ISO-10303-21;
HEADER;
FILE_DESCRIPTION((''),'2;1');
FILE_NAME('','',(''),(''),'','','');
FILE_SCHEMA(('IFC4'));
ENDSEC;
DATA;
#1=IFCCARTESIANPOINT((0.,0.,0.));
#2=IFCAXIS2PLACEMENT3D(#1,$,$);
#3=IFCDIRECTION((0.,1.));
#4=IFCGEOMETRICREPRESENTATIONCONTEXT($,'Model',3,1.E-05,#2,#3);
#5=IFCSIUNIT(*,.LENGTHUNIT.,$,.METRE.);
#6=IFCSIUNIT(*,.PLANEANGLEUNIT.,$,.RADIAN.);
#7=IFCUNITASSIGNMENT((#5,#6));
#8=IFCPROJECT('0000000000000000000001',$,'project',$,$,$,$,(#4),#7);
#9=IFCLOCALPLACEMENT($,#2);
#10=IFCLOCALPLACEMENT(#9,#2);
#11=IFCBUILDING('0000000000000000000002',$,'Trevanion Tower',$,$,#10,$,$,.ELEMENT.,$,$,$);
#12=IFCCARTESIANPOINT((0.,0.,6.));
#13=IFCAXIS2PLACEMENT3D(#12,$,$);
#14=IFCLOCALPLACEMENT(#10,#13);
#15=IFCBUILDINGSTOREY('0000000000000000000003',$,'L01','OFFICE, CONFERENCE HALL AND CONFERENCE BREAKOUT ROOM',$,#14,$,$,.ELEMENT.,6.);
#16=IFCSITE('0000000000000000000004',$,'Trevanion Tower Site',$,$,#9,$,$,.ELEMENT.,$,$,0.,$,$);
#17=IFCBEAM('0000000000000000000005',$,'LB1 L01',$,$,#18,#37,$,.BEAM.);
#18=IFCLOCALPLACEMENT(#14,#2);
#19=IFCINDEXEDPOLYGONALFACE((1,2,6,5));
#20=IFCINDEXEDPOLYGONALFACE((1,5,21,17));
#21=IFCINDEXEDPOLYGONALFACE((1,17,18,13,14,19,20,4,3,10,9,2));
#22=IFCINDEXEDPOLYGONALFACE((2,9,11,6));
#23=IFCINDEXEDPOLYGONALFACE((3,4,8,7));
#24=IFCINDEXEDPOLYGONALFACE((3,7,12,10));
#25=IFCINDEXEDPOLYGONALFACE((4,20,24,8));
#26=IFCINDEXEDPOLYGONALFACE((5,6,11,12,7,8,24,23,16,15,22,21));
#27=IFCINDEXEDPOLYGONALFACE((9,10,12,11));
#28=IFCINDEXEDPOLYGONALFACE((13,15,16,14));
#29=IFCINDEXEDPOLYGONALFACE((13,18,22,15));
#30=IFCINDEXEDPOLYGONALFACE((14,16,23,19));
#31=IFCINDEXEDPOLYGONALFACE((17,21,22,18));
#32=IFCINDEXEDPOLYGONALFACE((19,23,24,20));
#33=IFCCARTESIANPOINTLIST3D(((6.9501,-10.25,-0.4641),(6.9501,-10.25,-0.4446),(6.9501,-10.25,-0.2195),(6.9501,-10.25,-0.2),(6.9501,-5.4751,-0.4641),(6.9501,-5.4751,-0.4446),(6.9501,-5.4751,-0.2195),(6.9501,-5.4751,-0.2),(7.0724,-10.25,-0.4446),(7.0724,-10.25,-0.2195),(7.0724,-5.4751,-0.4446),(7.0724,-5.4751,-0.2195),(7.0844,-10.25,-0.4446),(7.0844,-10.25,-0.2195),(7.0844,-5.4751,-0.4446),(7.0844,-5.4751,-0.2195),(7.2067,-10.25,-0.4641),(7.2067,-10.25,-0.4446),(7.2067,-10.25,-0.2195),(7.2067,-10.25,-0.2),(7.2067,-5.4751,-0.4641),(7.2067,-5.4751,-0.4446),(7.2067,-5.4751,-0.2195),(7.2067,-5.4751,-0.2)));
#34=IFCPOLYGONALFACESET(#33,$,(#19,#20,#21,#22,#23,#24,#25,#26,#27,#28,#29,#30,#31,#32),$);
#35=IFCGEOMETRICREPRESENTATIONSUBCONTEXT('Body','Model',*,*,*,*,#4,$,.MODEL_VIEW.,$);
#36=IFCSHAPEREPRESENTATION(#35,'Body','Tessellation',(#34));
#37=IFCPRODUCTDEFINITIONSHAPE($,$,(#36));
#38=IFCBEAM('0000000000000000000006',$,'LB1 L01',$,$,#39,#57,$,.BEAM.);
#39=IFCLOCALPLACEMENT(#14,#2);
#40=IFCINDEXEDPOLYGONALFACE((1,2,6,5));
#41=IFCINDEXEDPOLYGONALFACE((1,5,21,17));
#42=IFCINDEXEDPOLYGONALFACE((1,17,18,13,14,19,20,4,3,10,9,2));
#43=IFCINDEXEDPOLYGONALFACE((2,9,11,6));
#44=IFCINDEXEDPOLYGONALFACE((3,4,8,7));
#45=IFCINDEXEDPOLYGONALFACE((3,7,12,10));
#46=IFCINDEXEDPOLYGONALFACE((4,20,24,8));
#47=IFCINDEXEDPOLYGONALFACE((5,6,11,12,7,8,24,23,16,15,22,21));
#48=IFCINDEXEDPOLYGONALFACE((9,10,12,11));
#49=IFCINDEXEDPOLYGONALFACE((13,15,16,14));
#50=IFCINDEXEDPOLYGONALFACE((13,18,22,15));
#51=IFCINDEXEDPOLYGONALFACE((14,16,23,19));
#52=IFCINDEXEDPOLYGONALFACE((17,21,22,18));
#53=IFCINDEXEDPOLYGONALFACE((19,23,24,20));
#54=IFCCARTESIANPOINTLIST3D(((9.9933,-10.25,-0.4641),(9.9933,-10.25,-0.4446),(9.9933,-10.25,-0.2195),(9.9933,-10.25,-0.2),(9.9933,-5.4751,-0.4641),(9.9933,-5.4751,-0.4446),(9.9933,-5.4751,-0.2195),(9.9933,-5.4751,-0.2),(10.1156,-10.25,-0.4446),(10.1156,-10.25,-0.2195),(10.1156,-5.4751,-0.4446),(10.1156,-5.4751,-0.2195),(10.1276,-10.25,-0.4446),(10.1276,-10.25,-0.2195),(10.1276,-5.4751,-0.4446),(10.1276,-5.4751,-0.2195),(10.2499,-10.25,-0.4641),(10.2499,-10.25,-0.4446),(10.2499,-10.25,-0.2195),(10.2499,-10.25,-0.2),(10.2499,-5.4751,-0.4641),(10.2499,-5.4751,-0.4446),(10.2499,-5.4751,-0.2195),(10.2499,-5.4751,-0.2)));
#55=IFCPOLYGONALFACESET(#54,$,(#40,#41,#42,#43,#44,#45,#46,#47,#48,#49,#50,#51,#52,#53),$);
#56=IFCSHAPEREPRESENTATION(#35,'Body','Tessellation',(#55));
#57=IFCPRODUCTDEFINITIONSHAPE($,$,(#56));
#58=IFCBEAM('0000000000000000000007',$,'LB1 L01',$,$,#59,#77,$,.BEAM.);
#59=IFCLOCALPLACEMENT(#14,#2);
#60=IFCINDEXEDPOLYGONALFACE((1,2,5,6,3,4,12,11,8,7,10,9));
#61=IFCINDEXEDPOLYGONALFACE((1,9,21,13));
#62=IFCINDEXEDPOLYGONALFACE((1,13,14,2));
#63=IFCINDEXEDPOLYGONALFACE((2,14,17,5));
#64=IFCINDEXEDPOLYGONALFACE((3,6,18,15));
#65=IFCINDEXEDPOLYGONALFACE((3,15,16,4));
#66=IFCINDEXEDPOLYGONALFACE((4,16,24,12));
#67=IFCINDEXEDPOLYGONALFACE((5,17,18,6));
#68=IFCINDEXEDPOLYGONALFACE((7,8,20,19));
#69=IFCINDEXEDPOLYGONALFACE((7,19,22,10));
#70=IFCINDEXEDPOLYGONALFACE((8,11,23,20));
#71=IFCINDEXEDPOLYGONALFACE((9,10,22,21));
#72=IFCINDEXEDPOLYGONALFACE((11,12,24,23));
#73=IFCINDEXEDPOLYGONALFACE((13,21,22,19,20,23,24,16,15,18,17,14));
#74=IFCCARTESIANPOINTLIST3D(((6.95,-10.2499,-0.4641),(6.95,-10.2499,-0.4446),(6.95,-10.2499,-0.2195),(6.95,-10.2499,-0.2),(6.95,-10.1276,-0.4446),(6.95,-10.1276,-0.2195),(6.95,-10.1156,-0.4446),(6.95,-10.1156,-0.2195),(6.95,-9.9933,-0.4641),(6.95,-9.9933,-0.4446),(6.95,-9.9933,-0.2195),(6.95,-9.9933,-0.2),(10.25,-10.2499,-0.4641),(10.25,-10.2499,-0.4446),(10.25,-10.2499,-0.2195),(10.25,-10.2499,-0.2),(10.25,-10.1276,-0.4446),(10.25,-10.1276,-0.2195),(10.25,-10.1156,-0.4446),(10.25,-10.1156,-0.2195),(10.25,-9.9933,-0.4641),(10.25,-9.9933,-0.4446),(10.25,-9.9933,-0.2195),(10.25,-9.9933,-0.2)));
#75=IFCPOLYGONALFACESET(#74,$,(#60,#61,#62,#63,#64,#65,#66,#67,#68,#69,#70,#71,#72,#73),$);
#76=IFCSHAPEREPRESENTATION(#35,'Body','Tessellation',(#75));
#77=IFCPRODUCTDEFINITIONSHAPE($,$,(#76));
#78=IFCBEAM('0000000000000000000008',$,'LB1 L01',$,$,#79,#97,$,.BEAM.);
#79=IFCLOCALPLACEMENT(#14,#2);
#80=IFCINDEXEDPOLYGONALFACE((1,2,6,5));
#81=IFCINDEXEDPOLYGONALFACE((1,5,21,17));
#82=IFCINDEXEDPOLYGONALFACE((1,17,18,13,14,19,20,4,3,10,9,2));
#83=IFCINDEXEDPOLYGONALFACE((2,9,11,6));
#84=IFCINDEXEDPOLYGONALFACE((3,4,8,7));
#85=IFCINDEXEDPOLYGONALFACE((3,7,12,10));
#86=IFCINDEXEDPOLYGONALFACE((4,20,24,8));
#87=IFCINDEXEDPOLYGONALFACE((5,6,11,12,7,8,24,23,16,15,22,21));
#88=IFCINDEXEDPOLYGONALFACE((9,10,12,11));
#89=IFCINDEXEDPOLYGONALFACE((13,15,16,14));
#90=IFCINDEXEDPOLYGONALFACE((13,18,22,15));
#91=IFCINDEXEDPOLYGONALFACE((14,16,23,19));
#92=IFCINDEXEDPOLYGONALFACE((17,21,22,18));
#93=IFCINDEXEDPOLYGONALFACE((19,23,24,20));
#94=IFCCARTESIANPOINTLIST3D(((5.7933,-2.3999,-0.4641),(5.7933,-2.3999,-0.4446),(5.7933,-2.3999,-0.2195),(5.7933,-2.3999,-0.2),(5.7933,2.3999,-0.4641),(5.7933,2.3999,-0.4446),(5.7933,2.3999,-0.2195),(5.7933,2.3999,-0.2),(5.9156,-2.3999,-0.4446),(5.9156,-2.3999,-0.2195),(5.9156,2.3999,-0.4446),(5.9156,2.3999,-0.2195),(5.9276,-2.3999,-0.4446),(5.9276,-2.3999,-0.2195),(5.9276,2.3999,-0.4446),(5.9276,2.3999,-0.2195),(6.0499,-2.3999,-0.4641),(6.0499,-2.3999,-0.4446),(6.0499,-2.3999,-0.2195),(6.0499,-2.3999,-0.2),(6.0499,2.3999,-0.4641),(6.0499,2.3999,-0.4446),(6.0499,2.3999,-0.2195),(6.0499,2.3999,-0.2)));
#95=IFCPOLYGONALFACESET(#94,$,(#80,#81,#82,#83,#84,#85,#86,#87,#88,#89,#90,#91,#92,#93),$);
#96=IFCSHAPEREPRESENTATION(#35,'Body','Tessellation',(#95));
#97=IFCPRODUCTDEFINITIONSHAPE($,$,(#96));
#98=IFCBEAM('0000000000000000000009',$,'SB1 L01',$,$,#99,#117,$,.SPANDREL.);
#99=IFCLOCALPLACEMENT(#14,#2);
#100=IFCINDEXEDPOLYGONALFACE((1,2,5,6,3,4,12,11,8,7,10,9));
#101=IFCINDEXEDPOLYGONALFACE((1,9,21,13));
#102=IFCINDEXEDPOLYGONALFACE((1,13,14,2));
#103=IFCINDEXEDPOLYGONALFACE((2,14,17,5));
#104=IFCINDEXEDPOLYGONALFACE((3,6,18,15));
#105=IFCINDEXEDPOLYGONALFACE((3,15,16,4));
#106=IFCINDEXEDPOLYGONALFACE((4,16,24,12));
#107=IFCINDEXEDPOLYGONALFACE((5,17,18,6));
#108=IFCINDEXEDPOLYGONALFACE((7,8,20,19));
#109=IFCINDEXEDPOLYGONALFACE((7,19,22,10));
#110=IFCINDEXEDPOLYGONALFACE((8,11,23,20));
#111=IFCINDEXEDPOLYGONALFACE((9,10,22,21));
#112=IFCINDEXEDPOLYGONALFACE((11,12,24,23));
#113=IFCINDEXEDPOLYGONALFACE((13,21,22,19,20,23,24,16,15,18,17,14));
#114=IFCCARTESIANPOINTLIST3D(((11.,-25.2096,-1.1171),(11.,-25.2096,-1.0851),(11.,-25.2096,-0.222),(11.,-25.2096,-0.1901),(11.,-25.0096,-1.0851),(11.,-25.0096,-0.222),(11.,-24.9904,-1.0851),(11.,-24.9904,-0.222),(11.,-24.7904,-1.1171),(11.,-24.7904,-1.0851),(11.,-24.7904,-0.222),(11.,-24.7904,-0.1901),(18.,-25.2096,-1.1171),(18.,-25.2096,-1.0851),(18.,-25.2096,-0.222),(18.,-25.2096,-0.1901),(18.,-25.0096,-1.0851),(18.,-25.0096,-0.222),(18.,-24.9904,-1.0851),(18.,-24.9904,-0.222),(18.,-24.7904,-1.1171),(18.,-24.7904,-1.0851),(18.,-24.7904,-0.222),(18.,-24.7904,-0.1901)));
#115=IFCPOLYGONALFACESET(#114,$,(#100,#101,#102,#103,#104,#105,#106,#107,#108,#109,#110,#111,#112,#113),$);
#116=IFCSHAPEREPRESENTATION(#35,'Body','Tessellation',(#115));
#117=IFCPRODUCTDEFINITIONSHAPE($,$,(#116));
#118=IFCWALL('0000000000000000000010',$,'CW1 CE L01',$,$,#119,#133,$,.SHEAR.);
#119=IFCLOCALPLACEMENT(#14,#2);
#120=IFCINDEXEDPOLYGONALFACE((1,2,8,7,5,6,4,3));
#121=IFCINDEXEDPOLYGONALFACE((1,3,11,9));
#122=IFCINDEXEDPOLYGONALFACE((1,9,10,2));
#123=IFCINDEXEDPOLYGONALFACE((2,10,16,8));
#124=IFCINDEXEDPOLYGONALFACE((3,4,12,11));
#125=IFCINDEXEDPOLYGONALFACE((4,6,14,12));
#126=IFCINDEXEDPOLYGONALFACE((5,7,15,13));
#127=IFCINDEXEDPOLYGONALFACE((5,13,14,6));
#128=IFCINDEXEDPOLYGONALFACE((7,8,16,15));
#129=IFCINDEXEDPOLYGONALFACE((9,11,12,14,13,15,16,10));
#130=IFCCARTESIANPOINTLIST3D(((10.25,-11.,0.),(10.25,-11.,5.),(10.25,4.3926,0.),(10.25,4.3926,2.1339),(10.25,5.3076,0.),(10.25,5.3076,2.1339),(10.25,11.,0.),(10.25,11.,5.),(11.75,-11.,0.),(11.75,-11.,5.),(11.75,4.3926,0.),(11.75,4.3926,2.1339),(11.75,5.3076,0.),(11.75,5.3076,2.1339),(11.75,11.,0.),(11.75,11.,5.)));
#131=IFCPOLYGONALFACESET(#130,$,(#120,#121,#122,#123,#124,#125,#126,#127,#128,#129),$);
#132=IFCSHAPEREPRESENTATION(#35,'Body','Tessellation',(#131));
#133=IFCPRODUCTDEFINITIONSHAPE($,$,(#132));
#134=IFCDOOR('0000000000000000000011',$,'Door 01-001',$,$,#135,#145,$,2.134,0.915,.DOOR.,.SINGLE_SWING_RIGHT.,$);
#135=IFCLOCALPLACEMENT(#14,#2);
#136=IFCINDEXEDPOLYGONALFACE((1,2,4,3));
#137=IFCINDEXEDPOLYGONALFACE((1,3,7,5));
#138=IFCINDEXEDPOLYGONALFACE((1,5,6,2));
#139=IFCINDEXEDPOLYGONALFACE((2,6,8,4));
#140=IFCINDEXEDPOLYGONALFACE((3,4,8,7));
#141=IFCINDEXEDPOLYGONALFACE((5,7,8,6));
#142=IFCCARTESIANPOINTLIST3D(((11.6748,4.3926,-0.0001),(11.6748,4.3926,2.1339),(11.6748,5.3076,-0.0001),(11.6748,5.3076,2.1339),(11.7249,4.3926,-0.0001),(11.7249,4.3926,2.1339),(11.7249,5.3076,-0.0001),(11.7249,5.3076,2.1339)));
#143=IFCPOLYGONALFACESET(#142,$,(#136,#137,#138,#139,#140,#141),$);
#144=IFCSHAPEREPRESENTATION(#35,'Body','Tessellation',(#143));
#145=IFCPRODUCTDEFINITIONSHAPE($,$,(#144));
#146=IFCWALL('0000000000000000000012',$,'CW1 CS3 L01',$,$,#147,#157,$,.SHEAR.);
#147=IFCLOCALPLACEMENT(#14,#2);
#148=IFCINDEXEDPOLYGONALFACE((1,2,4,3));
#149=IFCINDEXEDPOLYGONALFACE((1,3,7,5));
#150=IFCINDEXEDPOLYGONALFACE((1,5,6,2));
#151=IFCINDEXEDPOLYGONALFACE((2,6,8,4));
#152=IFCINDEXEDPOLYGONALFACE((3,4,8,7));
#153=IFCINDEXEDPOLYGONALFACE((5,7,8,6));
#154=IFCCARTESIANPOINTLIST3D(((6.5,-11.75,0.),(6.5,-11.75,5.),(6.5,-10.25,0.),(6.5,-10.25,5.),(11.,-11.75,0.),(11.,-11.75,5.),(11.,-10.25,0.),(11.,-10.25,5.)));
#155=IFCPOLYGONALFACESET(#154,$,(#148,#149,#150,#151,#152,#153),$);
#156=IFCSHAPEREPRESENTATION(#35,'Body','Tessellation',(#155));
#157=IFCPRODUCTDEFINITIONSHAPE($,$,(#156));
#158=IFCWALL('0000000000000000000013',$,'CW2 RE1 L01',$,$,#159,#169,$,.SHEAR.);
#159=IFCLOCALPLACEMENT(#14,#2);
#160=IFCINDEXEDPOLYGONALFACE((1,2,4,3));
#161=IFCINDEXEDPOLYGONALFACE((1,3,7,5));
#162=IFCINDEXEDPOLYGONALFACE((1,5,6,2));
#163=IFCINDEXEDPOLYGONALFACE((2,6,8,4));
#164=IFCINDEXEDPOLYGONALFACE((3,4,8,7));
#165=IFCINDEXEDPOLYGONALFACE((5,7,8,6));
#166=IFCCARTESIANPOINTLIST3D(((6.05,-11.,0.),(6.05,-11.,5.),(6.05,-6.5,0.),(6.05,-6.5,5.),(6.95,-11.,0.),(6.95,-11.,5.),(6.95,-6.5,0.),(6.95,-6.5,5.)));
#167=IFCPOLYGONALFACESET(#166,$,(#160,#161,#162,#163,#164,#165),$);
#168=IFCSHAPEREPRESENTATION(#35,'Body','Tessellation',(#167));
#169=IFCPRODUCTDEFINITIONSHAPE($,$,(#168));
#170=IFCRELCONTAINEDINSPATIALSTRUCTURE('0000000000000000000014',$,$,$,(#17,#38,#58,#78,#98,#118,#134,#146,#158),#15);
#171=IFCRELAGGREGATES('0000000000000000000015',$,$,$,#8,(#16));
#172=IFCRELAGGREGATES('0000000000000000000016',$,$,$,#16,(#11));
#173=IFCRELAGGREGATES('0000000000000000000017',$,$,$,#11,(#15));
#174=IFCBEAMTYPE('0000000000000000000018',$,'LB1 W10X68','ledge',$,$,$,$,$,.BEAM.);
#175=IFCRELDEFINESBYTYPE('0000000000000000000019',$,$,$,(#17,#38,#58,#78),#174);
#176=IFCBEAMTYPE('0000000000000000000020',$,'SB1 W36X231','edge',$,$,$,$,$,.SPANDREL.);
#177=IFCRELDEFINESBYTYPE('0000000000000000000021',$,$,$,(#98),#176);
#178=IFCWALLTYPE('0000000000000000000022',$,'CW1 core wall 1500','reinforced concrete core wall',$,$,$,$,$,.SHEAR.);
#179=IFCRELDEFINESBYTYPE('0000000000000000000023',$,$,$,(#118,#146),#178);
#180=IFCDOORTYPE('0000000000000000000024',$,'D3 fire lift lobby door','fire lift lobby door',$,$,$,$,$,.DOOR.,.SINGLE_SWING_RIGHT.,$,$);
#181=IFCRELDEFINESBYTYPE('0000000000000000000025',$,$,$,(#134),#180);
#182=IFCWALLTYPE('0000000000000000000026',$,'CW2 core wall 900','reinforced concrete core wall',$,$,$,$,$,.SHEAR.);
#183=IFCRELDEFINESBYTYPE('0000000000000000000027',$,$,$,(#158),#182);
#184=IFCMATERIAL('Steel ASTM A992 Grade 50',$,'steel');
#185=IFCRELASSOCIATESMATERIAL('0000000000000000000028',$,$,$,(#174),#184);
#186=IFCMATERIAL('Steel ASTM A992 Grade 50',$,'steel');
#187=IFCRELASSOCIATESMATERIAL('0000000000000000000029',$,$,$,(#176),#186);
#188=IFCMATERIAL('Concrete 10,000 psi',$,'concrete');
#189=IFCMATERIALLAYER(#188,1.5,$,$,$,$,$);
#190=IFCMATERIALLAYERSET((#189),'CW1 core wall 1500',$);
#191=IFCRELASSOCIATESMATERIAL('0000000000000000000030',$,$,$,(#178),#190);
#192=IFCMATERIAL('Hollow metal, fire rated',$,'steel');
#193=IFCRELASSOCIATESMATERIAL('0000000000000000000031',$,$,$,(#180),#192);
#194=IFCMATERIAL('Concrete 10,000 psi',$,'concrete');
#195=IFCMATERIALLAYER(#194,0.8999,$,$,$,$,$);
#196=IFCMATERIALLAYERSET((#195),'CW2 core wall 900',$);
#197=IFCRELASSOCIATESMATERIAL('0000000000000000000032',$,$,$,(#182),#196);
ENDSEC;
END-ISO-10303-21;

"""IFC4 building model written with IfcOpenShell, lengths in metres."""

from ifc_helpers import new_model, si_unit, direction, frame, frame_2d, origin, origin_2d, place, context, subcontext, project, spatial, rectangle, i_section, extrude, material, layer, layer_set, material_profile, profile_set, type_object, element, fill, save


model = new_model("IFC4")

# Units and contexts
model_context = context("Model", 3, precision=1e-05, world=origin(), true_north=direction((0.0, 1.0)))
body_context = subcontext(model_context, "Body", "Model", "MODEL_VIEW")
ifc_project = project(units=[si_unit("LENGTHUNIT", "METRE"), si_unit("PLANEANGLEUNIT", "RADIAN")], contexts=[model_context])

# Site, building, storey
site_placement = place(None, origin())
site = spatial("IfcSite", under=ifc_project, at=site_placement, Name="Trevanion Tower Site", CompositionType="ELEMENT", RefElevation=0.0)
building_placement = place(site_placement, origin())
building = spatial("IfcBuilding", under=site, at=building_placement, Name="Trevanion Tower", CompositionType="ELEMENT")
storey_placement = place(building_placement, frame((0.0, 0.0, 6.0)))
storey = spatial("IfcBuildingStorey", under=building, at=storey_placement, Name="L01", Description="OFFICE, CONFERENCE HALL AND CONFERENCE BREAKOUT ROOM", CompositionType="ELEMENT", Elevation=6.0)

# Beams
ifc_material_1 = material(Name="Steel ASTM A992 Grade 50", Category="steel")
ifc_material_profile_1 = material_profile(ifc_material_1, i_section(OverallWidth=0.2566, OverallDepth=0.2642, WebThickness=0.012, FlangeThickness=0.0195, at=origin_2d()), Name="W10X68")
ifc_profile_set_1 = profile_set([ifc_material_profile_1], Name="Steel ASTM A992 Grade 50")
beam_type_1 = type_object("IfcBeamType", Name="LB1 W10X68", Description="ledge", PredefinedType="BEAM", material=ifc_profile_set_1)
for number, where, z_axis, x_axis, name in (
    (1, (7.0784, -10.25, -0.332), (0.0, 1.0, 0.0), (-1.0, 0.0, 0.0), "LB1 L01"),
    (2, (10.1216, -10.25, -0.332), (0.0, 1.0, 0.0), (-1.0, 0.0, 0.0), "LB1 L01"),
):
    element("IfcBeam", number, at=place(storey_placement, frame(where, z_axis=z_axis, x_axis=x_axis)), inside=storey, type_object=beam_type_1, Name=name, PredefinedType="BEAM", context=body_context, shape_type="SweptSolid", body=[
        extrude(i_section(OverallWidth=0.2566, OverallDepth=0.2642, WebThickness=0.012, FlangeThickness=0.0195, at=origin_2d()), origin(), (0.0, 0.0, 1.0), 4.7749),
    ])
beam_1_placement = place(storey_placement, frame((6.95, -10.1216, -0.332), z_axis=(1.0, 0.0, 0.0), x_axis=(0.0, 1.0, 0.0)))
element("IfcBeam", 3, at=beam_1_placement, inside=storey, type_object=beam_type_1, Name="LB1 L01", PredefinedType="BEAM", context=body_context, shape_type="SweptSolid", body=[
    extrude(i_section(OverallWidth=0.2566, OverallDepth=0.2642, WebThickness=0.012, FlangeThickness=0.0195, at=origin_2d()), origin(), (0.0, 0.0, 1.0), 3.3),
])
beam_2_placement = place(storey_placement, frame((5.9216, -2.3999, -0.332), z_axis=(0.0, 1.0, 0.0), x_axis=(-1.0, 0.0, 0.0)))
element("IfcBeam", 4, at=beam_2_placement, inside=storey, type_object=beam_type_1, Name="LB1 L01", PredefinedType="BEAM", context=body_context, shape_type="SweptSolid", body=[
    extrude(i_section(OverallWidth=0.2566, OverallDepth=0.2642, WebThickness=0.012, FlangeThickness=0.0195, at=origin_2d()), origin(), (0.0, 0.0, 1.0), 4.7998),
])
ifc_material_2 = material(Name="Steel ASTM A992 Grade 50", Category="steel")
ifc_material_profile_2 = material_profile(ifc_material_2, i_section(OverallWidth=0.4192, OverallDepth=0.927, WebThickness=0.0193, FlangeThickness=0.032, at=origin_2d()), Name="W36X231")
ifc_profile_set_2 = profile_set([ifc_material_profile_2], Name="Steel ASTM A992 Grade 50")
beam_type_2 = type_object("IfcBeamType", Name="SB1 W36X231", Description="edge", PredefinedType="SPANDREL", material=ifc_profile_set_2)
beam_3_placement = place(storey_placement, frame((11.0, -25.0, -0.6536), z_axis=(1.0, 0.0, 0.0), x_axis=(0.0, 1.0, 0.0)))
element("IfcBeam", 5, at=beam_3_placement, inside=storey, type_object=beam_type_2, Name="SB1 L01", PredefinedType="SPANDREL", context=body_context, shape_type="SweptSolid", body=[
    extrude(i_section(OverallWidth=0.4192, OverallDepth=0.927, WebThickness=0.0193, FlangeThickness=0.032, at=origin_2d()), origin(), (0.0, 0.0, 1.0), 7.0),
])

# Wall, opening, door
ifc_material_3 = material(Name="Concrete 10,000 psi", Category="concrete")
ifc_layer_1 = layer(ifc_material_3, 1.5)
ifc_layer_set_1 = layer_set([ifc_layer_1], Name="CW1 core wall 1500")
wall_type_1 = type_object("IfcWallType", Name="CW1 core wall 1500", Description="reinforced concrete core wall", PredefinedType="SHEAR", material=ifc_layer_set_1)
wall_1_placement = place(storey_placement, frame((11.0, -11.0, 0.0), z_axis=(0.0, 0.0, 1.0), x_axis=(0.0, 1.0, 0.0)))
wall_1 = element("IfcWall", 6, at=wall_1_placement, inside=storey, type_object=wall_type_1, Name="CW1 CE L01", PredefinedType="SHEAR", context=body_context, shape_type="SweptSolid", body=[
    extrude(rectangle(XDim=22.0, YDim=1.5, at=frame_2d((11.0, 0.0))), origin(), (0.0, 0.0, 1.0), 5.0),
])
opening_1_placement = place(wall_1_placement, frame((15.3926, 0.0, 0.0)))
opening_1 = element("IfcOpeningElement", 7, at=opening_1_placement, cuts=wall_1, PredefinedType="OPENING", context=body_context, shape_type="SweptSolid", body=[
    extrude(rectangle(XDim=0.915, YDim=2.134, at=frame_2d((0.4575, 1.0669))), frame((0.0, 0.76, 0.0), z_axis=(0.0, -1.0, 0.0), x_axis=(1.0, 0.0, 0.0)), (0.0, 0.0, 1.0), 1.52),
])
ifc_material_4 = material(Name="Hollow metal, fire rated", Category="steel")
door_type_1 = type_object("IfcDoorType", Name="D3 fire lift lobby door", Description="fire lift lobby door", OperationType="SINGLE_SWING_RIGHT", PredefinedType="DOOR", material=ifc_material_4)
door_1_placement = place(opening_1_placement, origin())
door_1 = element("IfcDoor", 8, at=door_1_placement, inside=storey, type_object=door_type_1, Name="Door 01-001", OperationType="SINGLE_SWING_RIGHT", OverallHeight=2.134, OverallWidth=0.915, PredefinedType="DOOR", context=body_context, shape_type="SweptSolid", body=[
    extrude(rectangle(XDim=0.915, YDim=2.134, at=frame_2d((0.4575, 1.0669))), frame((0.0, -0.6748, 0.0), z_axis=(0.0, -1.0, 0.0), x_axis=(1.0, 0.0, 0.0)), (0.0, 0.0, 1.0), 0.05),
])
fill(opening_1, door_1)

# Walls
wall_2_placement = place(storey_placement, frame((6.5, -11.0, 0.0), z_axis=(0.0, 0.0, 1.0), x_axis=(1.0, 0.0, 0.0)))
element("IfcWall", 9, at=wall_2_placement, inside=storey, type_object=wall_type_1, Name="CW1 CS3 L01", PredefinedType="SHEAR", context=body_context, shape_type="SweptSolid", body=[
    extrude(rectangle(XDim=4.5, YDim=1.5, at=frame_2d((2.25, 0.0))), origin(), (0.0, 0.0, 1.0), 5.0),
])
ifc_material_5 = material(Name="Concrete 10,000 psi", Category="concrete")
ifc_layer_2 = layer(ifc_material_5, 0.8999)
ifc_layer_set_2 = layer_set([ifc_layer_2], Name="CW2 core wall 900")
wall_type_2 = type_object("IfcWallType", Name="CW2 core wall 900", Description="reinforced concrete core wall", PredefinedType="SHEAR", material=ifc_layer_set_2)
wall_3_placement = place(storey_placement, frame((6.5, -11.0, 0.0), z_axis=(0.0, 0.0, 1.0), x_axis=(0.0, 1.0, 0.0)))
element("IfcWall", 10, at=wall_3_placement, inside=storey, type_object=wall_type_2, Name="CW2 RE1 L01", PredefinedType="SHEAR", context=body_context, shape_type="SweptSolid", body=[
    extrude(rectangle(XDim=4.5, YDim=0.8999, at=frame_2d((2.25, 0.0))), origin(), (0.0, 0.0, 1.0), 5.0),
])

save(model, "model.ifc")
